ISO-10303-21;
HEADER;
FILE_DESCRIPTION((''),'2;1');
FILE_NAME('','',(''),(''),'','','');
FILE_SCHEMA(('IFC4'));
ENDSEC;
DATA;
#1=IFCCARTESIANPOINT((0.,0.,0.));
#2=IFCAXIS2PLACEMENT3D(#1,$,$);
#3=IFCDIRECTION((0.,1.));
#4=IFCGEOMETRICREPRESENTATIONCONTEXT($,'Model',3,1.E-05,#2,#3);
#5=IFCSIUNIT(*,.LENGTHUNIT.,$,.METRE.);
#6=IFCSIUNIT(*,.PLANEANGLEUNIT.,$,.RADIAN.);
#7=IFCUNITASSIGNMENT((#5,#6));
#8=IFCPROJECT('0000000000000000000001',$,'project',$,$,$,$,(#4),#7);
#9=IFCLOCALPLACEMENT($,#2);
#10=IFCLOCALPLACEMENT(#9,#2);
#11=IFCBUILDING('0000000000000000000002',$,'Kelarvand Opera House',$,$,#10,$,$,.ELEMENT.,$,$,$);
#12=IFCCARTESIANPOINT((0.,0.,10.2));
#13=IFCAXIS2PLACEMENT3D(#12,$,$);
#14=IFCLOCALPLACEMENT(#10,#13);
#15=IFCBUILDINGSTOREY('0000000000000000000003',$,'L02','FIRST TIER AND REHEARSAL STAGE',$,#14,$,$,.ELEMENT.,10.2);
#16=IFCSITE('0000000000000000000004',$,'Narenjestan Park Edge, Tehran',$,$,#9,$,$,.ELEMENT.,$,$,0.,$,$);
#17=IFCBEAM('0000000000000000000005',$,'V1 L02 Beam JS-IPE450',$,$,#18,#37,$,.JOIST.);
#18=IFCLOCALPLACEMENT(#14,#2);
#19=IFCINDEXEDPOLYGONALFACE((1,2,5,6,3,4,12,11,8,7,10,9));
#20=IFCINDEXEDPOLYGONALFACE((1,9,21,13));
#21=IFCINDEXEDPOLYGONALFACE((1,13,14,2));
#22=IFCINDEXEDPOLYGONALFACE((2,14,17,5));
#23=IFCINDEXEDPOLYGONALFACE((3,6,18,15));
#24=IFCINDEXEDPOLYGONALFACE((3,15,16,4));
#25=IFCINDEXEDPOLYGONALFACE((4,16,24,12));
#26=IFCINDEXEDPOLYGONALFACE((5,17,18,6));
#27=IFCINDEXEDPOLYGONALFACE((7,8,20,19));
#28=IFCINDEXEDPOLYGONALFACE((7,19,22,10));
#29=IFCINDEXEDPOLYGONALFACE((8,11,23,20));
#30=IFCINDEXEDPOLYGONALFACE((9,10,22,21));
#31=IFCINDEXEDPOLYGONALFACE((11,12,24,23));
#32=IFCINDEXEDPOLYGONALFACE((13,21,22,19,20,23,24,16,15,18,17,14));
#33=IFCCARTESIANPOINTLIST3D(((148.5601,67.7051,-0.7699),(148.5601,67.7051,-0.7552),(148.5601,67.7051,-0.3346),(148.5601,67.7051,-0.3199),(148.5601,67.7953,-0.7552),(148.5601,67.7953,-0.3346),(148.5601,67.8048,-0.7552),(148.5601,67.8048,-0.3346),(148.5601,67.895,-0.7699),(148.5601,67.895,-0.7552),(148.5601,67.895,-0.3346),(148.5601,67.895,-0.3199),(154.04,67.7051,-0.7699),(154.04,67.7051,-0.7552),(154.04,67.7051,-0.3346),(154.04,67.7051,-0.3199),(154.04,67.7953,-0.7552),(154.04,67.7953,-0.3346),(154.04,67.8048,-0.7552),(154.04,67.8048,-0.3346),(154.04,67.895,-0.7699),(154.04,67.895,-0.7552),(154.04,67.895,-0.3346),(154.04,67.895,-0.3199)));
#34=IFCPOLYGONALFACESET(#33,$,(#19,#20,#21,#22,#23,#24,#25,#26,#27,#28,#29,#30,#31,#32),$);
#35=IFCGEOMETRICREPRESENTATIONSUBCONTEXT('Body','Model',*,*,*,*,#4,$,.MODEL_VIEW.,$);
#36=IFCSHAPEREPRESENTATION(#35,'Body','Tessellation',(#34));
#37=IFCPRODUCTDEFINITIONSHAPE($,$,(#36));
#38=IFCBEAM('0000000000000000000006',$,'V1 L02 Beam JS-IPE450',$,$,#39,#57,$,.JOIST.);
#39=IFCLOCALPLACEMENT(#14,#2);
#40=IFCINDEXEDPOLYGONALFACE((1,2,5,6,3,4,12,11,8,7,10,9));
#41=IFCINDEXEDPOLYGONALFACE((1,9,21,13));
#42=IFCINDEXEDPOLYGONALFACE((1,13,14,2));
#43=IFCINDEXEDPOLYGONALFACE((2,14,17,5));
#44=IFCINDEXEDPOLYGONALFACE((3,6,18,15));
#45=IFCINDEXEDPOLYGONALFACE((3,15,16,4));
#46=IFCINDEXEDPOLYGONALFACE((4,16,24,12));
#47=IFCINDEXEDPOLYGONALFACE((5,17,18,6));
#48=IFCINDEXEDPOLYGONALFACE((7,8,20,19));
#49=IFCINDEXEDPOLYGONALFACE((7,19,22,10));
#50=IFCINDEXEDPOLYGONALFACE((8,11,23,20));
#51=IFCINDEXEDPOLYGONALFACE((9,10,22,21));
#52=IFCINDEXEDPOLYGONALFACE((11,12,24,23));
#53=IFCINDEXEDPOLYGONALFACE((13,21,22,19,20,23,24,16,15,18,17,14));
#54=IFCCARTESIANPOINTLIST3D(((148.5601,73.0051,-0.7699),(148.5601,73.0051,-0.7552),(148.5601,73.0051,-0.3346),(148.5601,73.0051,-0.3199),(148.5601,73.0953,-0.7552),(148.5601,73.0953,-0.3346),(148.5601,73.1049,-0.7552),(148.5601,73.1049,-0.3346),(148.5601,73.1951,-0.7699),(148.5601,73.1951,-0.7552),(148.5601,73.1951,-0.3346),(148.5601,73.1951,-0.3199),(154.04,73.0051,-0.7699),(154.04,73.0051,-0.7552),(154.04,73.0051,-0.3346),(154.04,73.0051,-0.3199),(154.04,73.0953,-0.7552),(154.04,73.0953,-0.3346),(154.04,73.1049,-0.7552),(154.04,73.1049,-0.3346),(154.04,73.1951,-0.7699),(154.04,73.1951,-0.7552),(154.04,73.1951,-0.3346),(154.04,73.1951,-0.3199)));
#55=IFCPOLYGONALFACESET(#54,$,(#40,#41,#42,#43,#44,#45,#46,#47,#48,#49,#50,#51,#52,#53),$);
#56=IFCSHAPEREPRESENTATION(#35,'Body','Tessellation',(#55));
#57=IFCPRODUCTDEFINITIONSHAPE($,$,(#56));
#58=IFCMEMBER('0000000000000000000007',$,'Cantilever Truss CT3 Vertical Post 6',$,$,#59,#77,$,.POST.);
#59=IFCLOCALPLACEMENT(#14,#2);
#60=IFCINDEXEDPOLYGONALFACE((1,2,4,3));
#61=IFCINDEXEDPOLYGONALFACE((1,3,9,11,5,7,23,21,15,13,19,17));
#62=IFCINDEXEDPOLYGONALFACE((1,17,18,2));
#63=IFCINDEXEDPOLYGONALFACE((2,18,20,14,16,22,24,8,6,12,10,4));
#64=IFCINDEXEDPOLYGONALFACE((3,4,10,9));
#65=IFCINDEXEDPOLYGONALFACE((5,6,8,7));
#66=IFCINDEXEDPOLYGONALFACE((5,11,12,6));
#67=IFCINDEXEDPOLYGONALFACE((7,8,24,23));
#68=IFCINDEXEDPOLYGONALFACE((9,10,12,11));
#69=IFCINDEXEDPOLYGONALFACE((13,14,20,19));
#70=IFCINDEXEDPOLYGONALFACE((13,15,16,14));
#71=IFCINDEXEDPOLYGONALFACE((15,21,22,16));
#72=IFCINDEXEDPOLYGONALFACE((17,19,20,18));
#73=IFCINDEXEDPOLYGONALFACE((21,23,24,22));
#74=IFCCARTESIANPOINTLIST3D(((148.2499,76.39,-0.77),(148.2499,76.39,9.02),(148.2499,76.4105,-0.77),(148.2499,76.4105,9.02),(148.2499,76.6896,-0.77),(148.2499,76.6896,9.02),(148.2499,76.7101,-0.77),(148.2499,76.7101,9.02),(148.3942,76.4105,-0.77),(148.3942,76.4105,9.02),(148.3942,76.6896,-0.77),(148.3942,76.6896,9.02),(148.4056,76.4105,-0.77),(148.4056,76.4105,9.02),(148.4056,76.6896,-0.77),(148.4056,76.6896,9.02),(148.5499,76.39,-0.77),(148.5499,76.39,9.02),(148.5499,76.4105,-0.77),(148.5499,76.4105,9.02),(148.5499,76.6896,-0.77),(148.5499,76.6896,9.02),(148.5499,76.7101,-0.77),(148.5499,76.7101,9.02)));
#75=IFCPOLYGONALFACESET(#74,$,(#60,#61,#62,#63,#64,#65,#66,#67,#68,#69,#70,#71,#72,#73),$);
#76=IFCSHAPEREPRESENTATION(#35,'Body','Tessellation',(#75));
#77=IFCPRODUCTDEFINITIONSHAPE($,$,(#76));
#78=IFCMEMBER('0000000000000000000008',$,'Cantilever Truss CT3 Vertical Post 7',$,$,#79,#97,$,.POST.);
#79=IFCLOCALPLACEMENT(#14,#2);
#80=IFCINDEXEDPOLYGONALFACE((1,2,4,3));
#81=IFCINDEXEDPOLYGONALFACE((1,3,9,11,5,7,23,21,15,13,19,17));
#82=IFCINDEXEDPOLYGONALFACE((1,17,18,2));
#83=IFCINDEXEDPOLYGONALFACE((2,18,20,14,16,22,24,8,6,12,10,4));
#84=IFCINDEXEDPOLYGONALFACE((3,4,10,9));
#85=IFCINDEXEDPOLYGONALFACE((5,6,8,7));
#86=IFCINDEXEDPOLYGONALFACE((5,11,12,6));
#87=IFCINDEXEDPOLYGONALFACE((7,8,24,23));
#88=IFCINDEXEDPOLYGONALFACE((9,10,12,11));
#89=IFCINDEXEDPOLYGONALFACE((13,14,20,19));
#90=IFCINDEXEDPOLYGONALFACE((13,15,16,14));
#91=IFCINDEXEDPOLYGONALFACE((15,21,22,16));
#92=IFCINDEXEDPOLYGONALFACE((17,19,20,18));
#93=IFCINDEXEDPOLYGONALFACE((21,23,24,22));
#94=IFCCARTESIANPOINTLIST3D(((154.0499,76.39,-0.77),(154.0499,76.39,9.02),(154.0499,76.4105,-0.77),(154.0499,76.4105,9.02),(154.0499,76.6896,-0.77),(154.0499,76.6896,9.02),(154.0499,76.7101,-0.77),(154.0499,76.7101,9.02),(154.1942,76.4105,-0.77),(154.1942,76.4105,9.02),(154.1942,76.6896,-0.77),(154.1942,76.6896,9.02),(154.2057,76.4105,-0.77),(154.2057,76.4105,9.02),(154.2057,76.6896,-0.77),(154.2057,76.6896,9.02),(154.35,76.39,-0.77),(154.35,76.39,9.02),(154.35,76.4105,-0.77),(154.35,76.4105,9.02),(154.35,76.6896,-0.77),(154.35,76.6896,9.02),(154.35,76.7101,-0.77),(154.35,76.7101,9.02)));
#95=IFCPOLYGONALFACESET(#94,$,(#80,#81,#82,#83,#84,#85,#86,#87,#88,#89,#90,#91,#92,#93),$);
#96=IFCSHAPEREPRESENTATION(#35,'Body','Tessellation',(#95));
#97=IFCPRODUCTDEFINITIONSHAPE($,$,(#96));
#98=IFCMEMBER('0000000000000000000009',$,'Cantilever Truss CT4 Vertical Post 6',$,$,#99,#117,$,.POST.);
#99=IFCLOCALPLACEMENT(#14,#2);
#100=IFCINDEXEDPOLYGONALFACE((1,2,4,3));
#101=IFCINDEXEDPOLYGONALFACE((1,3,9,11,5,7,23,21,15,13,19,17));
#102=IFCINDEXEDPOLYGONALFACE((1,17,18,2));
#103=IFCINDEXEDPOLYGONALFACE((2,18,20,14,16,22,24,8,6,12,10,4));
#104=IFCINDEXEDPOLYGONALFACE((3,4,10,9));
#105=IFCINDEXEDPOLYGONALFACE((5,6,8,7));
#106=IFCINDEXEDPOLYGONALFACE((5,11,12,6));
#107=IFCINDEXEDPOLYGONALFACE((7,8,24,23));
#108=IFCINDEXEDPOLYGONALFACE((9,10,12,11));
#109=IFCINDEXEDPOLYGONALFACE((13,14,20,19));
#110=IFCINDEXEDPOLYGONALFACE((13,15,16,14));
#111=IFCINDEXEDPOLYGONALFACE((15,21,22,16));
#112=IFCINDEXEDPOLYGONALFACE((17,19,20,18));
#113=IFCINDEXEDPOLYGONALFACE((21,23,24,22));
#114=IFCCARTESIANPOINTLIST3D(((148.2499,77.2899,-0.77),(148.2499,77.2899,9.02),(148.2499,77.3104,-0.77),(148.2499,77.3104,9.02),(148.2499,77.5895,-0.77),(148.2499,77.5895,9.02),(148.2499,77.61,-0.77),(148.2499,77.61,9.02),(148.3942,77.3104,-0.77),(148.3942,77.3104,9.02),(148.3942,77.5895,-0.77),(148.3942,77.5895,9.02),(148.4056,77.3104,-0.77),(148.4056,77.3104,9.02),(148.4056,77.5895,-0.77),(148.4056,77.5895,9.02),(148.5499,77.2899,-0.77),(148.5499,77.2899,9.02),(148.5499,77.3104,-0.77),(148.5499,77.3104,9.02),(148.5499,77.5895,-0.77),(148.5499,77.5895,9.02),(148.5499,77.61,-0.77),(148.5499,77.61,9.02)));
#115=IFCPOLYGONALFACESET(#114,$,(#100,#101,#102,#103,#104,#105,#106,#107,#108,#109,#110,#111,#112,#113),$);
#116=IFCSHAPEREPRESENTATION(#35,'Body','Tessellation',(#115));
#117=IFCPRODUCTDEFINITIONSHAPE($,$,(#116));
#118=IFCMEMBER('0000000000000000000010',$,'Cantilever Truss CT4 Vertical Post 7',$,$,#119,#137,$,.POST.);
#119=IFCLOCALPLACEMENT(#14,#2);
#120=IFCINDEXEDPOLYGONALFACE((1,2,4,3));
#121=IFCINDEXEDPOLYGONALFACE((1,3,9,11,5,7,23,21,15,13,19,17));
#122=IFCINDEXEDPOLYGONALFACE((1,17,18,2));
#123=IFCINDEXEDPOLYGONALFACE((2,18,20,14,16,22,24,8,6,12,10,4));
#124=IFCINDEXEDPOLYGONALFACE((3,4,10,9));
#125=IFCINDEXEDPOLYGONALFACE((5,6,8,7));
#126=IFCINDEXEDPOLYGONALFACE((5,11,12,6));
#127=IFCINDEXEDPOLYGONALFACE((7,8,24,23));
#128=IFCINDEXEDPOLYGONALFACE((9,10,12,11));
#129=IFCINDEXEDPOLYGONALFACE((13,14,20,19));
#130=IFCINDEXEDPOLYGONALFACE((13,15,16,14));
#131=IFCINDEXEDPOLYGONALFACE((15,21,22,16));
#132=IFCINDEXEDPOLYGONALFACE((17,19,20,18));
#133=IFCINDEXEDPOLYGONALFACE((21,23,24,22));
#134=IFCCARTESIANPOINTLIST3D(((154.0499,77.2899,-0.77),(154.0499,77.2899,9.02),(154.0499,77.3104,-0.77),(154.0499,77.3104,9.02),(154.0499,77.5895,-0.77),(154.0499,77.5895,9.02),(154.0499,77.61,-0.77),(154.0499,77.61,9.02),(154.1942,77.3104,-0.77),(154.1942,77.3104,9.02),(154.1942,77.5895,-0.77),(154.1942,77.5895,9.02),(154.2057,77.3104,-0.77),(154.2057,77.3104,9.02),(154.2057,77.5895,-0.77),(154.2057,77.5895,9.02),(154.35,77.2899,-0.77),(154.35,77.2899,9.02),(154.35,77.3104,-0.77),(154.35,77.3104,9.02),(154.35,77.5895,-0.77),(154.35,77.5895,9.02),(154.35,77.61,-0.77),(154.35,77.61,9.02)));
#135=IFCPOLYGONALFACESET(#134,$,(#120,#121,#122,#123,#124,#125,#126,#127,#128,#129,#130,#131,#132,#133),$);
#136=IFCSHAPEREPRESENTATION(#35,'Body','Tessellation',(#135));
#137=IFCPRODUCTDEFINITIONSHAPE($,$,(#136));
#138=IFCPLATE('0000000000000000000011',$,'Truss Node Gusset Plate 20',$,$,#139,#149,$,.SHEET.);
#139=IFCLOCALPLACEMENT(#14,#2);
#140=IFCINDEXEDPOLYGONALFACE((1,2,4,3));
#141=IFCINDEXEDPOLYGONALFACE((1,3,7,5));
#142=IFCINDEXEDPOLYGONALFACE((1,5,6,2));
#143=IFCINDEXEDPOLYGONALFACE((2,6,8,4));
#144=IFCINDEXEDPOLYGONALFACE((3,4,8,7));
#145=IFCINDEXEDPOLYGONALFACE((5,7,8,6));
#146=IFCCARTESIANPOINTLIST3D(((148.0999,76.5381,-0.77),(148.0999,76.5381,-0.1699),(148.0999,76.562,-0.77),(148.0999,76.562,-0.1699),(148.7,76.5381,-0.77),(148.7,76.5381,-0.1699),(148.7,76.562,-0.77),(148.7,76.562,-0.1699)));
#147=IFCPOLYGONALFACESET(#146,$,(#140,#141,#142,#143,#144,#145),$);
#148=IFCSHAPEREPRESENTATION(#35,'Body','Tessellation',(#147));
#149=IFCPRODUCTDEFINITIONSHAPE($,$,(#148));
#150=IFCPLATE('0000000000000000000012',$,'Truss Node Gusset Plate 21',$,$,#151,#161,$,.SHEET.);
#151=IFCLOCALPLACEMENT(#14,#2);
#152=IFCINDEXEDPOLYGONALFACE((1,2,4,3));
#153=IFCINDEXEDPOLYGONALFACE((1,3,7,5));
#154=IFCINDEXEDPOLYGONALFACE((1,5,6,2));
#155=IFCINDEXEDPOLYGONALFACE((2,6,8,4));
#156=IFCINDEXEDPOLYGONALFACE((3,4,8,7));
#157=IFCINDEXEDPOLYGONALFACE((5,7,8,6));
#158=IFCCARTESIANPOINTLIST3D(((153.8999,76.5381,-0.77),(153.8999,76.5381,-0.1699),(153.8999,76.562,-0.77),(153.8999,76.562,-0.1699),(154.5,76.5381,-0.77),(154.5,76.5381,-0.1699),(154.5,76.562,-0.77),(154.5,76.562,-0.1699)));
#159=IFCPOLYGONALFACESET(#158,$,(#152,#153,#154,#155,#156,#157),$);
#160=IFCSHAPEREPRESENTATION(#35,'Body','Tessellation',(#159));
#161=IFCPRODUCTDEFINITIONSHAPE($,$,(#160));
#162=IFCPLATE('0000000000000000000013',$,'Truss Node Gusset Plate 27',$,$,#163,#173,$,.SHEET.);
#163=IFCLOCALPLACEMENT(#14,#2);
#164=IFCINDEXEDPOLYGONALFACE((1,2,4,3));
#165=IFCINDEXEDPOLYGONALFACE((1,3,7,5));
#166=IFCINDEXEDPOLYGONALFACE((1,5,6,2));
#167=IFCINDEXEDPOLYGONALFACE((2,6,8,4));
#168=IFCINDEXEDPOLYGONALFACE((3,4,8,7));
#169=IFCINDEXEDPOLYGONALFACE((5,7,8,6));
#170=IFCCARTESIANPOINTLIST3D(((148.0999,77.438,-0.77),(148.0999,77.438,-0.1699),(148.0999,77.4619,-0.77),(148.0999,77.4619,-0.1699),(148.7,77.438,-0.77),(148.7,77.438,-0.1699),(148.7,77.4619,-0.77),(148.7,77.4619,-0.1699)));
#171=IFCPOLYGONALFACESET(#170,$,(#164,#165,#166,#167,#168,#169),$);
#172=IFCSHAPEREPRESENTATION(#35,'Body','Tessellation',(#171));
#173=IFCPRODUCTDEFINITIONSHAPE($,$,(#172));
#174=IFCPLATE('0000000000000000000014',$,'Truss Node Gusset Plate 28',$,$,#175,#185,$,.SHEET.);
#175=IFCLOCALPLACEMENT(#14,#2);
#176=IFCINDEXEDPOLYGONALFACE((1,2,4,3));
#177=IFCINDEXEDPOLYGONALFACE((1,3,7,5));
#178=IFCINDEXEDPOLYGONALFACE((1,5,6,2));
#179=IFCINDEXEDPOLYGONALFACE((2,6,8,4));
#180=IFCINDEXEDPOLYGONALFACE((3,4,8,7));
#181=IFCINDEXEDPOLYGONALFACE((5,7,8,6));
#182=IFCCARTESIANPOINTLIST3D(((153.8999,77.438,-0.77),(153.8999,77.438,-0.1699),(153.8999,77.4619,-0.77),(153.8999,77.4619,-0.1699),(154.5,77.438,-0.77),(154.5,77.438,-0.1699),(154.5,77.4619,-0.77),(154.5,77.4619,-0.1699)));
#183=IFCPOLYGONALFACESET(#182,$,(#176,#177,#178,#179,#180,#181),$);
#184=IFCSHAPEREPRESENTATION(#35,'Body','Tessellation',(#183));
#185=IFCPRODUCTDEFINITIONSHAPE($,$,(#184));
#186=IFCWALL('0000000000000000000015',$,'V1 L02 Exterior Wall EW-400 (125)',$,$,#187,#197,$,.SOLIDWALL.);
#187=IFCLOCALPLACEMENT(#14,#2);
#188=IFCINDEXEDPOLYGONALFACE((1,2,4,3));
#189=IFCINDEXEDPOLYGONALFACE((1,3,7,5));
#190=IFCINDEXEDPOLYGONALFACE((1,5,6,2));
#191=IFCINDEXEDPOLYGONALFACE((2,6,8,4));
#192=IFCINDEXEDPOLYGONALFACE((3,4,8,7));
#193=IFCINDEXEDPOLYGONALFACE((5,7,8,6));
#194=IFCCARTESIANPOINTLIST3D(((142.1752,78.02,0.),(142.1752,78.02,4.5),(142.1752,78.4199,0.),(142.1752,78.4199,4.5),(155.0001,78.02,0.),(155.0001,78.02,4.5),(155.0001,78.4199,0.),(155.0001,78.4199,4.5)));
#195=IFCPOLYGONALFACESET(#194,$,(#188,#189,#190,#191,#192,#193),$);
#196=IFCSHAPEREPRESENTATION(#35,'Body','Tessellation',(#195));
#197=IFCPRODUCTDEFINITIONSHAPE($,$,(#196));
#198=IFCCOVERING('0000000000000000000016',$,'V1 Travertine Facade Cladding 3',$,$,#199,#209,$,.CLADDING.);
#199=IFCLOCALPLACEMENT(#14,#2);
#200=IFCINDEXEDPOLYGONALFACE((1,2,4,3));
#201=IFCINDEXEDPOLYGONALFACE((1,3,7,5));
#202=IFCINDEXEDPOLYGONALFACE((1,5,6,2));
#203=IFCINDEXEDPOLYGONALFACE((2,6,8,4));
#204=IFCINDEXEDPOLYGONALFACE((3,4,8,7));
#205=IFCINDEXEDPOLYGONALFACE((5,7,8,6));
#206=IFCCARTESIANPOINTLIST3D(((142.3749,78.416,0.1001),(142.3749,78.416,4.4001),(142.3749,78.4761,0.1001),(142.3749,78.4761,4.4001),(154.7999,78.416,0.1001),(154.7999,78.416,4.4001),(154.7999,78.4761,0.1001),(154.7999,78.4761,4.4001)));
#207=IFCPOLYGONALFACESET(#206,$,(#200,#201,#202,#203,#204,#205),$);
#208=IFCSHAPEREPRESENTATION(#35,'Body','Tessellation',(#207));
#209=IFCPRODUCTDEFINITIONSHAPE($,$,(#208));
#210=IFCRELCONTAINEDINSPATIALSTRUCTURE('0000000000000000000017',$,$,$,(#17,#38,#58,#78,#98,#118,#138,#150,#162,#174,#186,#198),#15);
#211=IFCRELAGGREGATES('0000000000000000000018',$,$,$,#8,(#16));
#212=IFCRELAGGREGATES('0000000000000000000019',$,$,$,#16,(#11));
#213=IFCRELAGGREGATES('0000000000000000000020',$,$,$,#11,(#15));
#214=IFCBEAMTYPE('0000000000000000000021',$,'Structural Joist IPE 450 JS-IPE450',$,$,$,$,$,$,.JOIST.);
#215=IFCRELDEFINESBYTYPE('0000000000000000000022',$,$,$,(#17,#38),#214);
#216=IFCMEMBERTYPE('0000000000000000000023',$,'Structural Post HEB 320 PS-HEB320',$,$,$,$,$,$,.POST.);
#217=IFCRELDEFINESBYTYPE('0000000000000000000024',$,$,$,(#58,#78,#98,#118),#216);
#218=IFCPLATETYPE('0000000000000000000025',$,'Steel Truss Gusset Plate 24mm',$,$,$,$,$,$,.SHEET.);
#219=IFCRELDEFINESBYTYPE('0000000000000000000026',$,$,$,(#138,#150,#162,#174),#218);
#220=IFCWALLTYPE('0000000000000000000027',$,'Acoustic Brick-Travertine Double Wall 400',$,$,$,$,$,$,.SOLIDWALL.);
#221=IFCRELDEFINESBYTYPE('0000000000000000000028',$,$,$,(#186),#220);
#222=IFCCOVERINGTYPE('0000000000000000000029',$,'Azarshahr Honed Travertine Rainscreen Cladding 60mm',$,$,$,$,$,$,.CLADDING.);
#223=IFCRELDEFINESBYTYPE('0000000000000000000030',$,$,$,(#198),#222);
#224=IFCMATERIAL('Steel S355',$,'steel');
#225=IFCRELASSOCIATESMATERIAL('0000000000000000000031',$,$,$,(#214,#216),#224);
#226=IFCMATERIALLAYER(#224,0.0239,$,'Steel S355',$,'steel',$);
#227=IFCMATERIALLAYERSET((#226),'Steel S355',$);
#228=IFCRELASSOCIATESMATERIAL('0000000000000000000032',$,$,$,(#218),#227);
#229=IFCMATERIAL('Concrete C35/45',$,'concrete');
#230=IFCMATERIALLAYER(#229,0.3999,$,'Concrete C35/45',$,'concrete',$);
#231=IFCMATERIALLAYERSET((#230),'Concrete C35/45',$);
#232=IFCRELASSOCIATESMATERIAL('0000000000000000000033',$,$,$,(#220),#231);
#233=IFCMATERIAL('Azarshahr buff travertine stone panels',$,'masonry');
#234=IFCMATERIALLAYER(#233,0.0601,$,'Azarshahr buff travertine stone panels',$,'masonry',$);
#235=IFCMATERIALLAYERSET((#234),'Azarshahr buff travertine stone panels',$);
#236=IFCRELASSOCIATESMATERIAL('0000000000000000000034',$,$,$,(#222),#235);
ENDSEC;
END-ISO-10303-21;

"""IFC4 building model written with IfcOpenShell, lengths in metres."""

from ifc_helpers import new_model, si_unit, direction, frame, frame_2d, origin, origin_2d, place, context, subcontext, project, spatial, rectangle, i_section, extrude, material, layer, layer_set, material_profile, profile_set, type_object, element, save


model = new_model("IFC4")

# Units and contexts
model_context = context("Model", 3, precision=1e-05, world=origin(), true_north=direction((0.0, 1.0)))
body_context = subcontext(model_context, "Body", "Model", "MODEL_VIEW")
ifc_project = project(units=[si_unit("LENGTHUNIT", "METRE"), si_unit("PLANEANGLEUNIT", "RADIAN")], contexts=[model_context])

# Site, building, storey
site_placement = place(None, origin())
site = spatial("IfcSite", under=ifc_project, at=site_placement, Name="Narenjestan Park Edge, Tehran", CompositionType="ELEMENT", RefElevation=0.0)
building_placement = place(site_placement, origin())
building = spatial("IfcBuilding", under=site, at=building_placement, Name="Kelarvand Opera House", CompositionType="ELEMENT")
storey_placement = place(building_placement, frame((0.0, 0.0, 10.2)))
storey = spatial("IfcBuildingStorey", under=building, at=storey_placement, Name="L02", Description="FIRST TIER AND REHEARSAL STAGE", CompositionType="ELEMENT", Elevation=10.2)

# Shared definitions
ifc_material_1 = material(Name="Steel S355", Category="steel")

# Beams
ifc_material_profile_1 = material_profile(ifc_material_1, i_section(OverallWidth=0.1899, OverallDepth=0.45, WebThickness=0.0095, FlangeThickness=0.0146, at=origin_2d()), Name="IPE 450", Category="steel")
ifc_profile_set_1 = profile_set([ifc_material_profile_1], Name="Steel S355")
beam_type = type_object("IfcBeamType", Name="Structural Joist IPE 450 JS-IPE450", PredefinedType="JOIST", material=ifc_profile_set_1)
for number, where, z_axis, x_axis, name in (
    (1, (148.5601, 67.8, -0.5449), (1.0, 0.0, 0.0), (0.0, 1.0, 0.0), "V1 L02 Beam JS-IPE450"),
    (2, (148.5601, 73.1001, -0.5449), (1.0, 0.0, 0.0), (0.0, 1.0, 0.0), "V1 L02 Beam JS-IPE450"),
):
    element("IfcBeam", number, at=place(storey_placement, frame(where, z_axis=z_axis, x_axis=x_axis)), inside=storey, type_object=beam_type, Name=name, PredefinedType="JOIST", context=body_context, shape_type="SweptSolid", body=[
        extrude(i_section(OverallWidth=0.1899, OverallDepth=0.45, WebThickness=0.0095, FlangeThickness=0.0146, at=origin_2d()), origin(), (0.0, 0.0, 1.0), 5.48),
    ])

# Members
ifc_material_profile_2 = material_profile(ifc_material_1, i_section(OverallWidth=0.3, OverallDepth=0.3201, WebThickness=0.0115, FlangeThickness=0.0205, at=origin_2d()), Name="HEB 320", Category="steel")
ifc_profile_set_2 = profile_set([ifc_material_profile_2], Name="Steel S355")
member_type_1 = type_object("IfcMemberType", Name="Structural Post HEB 320 PS-HEB320", PredefinedType="POST", material=ifc_profile_set_2)
for number, where, z_axis, x_axis, name in (
    (3, (148.3999, 76.55, -0.77), (0.0, 0.0, 1.0), (1.0, 0.0, 0.0), "Cantilever Truss CT3 Vertical Post 6"),
    (4, (154.2, 76.55, -0.77), (0.0, 0.0, 1.0), (1.0, 0.0, 0.0), "Cantilever Truss CT3 Vertical Post 7"),
    (5, (148.3999, 77.45, -0.77), (0.0, 0.0, 1.0), (1.0, 0.0, 0.0), "Cantilever Truss CT4 Vertical Post 6"),
    (6, (154.2, 77.45, -0.77), (0.0, 0.0, 1.0), (1.0, 0.0, 0.0), "Cantilever Truss CT4 Vertical Post 7"),
):
    element("IfcMember", number, at=place(storey_placement, frame(where, z_axis=z_axis, x_axis=x_axis)), inside=storey, type_object=member_type_1, Name=name, PredefinedType="POST", context=body_context, shape_type="SweptSolid", body=[
        extrude(i_section(OverallWidth=0.3, OverallDepth=0.3201, WebThickness=0.0115, FlangeThickness=0.0205, at=origin_2d()), origin(), (0.0, 0.0, 1.0), 9.79),
    ])

# Plates
ifc_layer_1 = layer(ifc_material_1, 0.0239, Name="Steel S355", Category="steel")
ifc_layer_set_1 = layer_set([ifc_layer_1], Name="Steel S355")
plate_type = type_object("IfcPlateType", Name="Steel Truss Gusset Plate 24mm", PredefinedType="SHEET", material=ifc_layer_set_1)
for number, where, z_axis, x_axis, name in (
    (7, (148.3999, 76.55, -0.77), (0.0, 0.0, 1.0), (1.0, 0.0, 0.0), "Truss Node Gusset Plate 20"),
    (8, (154.2, 76.55, -0.77), (0.0, 0.0, 1.0), (1.0, 0.0, 0.0), "Truss Node Gusset Plate 21"),
    (9, (148.3999, 77.45, -0.77), (0.0, 0.0, 1.0), (1.0, 0.0, 0.0), "Truss Node Gusset Plate 27"),
    (10, (154.2, 77.45, -0.77), (0.0, 0.0, 1.0), (1.0, 0.0, 0.0), "Truss Node Gusset Plate 28"),
):
    element("IfcPlate", number, at=place(storey_placement, frame(where, z_axis=z_axis, x_axis=x_axis)), inside=storey, type_object=plate_type, Name=name, PredefinedType="SHEET", context=body_context, shape_type="SweptSolid", body=[
        extrude(rectangle(XDim=0.6001, YDim=0.0239, at=origin_2d()), origin(), (0.0, 0.0, 1.0), 0.6001),
    ])

# Wall
ifc_material_2 = material(Name="Concrete C35/45", Category="concrete")
ifc_layer_2 = layer(ifc_material_2, 0.3999, Name="Concrete C35/45", Category="concrete")
ifc_layer_set_2 = layer_set([ifc_layer_2], Name="Concrete C35/45")
wall_type = type_object("IfcWallType", Name="Acoustic Brick-Travertine Double Wall 400", PredefinedType="SOLIDWALL", material=ifc_layer_set_2)
wall_placement = place(storey_placement, frame((142.175, 78.22, 0.0), z_axis=(0.0, 0.0, 1.0), x_axis=(1.0, 0.0, 0.0)))
element("IfcWall", 11, at=wall_placement, inside=storey, type_object=wall_type, Name="V1 L02 Exterior Wall EW-400 (125)", PredefinedType="SOLIDWALL", context=body_context, shape_type="SweptSolid", body=[
    extrude(rectangle(XDim=12.825, YDim=0.3999, at=frame_2d((6.4126, 0.0))), origin(), (0.0, 0.0, 1.0), 4.5),
])

# Covering
ifc_material_3 = material(Name="Azarshahr buff travertine stone panels", Category="masonry")
ifc_layer_3 = layer(ifc_material_3, 0.0601, Name="Azarshahr buff travertine stone panels", Category="masonry")
ifc_layer_set_3 = layer_set([ifc_layer_3], Name="Azarshahr buff travertine stone panels")
covering_type = type_object("IfcCoveringType", Name="Azarshahr Honed Travertine Rainscreen Cladding 60mm", PredefinedType="CLADDING", material=ifc_layer_set_3)
covering_placement = place(storey_placement, frame((148.5874, 78.446, 0.1001), z_axis=(0.0, 0.0, 1.0), x_axis=(1.0, 0.0, 0.0)))
element("IfcCovering", 12, at=covering_placement, inside=storey, type_object=covering_type, Name="V1 Travertine Facade Cladding 3", PredefinedType="CLADDING", context=body_context, shape_type="SweptSolid", body=[
    extrude(rectangle(XDim=12.425, YDim=0.0601, at=origin_2d()), origin(), (0.0, 0.0, 1.0), 4.3),
])

save(model, "model.ifc")
